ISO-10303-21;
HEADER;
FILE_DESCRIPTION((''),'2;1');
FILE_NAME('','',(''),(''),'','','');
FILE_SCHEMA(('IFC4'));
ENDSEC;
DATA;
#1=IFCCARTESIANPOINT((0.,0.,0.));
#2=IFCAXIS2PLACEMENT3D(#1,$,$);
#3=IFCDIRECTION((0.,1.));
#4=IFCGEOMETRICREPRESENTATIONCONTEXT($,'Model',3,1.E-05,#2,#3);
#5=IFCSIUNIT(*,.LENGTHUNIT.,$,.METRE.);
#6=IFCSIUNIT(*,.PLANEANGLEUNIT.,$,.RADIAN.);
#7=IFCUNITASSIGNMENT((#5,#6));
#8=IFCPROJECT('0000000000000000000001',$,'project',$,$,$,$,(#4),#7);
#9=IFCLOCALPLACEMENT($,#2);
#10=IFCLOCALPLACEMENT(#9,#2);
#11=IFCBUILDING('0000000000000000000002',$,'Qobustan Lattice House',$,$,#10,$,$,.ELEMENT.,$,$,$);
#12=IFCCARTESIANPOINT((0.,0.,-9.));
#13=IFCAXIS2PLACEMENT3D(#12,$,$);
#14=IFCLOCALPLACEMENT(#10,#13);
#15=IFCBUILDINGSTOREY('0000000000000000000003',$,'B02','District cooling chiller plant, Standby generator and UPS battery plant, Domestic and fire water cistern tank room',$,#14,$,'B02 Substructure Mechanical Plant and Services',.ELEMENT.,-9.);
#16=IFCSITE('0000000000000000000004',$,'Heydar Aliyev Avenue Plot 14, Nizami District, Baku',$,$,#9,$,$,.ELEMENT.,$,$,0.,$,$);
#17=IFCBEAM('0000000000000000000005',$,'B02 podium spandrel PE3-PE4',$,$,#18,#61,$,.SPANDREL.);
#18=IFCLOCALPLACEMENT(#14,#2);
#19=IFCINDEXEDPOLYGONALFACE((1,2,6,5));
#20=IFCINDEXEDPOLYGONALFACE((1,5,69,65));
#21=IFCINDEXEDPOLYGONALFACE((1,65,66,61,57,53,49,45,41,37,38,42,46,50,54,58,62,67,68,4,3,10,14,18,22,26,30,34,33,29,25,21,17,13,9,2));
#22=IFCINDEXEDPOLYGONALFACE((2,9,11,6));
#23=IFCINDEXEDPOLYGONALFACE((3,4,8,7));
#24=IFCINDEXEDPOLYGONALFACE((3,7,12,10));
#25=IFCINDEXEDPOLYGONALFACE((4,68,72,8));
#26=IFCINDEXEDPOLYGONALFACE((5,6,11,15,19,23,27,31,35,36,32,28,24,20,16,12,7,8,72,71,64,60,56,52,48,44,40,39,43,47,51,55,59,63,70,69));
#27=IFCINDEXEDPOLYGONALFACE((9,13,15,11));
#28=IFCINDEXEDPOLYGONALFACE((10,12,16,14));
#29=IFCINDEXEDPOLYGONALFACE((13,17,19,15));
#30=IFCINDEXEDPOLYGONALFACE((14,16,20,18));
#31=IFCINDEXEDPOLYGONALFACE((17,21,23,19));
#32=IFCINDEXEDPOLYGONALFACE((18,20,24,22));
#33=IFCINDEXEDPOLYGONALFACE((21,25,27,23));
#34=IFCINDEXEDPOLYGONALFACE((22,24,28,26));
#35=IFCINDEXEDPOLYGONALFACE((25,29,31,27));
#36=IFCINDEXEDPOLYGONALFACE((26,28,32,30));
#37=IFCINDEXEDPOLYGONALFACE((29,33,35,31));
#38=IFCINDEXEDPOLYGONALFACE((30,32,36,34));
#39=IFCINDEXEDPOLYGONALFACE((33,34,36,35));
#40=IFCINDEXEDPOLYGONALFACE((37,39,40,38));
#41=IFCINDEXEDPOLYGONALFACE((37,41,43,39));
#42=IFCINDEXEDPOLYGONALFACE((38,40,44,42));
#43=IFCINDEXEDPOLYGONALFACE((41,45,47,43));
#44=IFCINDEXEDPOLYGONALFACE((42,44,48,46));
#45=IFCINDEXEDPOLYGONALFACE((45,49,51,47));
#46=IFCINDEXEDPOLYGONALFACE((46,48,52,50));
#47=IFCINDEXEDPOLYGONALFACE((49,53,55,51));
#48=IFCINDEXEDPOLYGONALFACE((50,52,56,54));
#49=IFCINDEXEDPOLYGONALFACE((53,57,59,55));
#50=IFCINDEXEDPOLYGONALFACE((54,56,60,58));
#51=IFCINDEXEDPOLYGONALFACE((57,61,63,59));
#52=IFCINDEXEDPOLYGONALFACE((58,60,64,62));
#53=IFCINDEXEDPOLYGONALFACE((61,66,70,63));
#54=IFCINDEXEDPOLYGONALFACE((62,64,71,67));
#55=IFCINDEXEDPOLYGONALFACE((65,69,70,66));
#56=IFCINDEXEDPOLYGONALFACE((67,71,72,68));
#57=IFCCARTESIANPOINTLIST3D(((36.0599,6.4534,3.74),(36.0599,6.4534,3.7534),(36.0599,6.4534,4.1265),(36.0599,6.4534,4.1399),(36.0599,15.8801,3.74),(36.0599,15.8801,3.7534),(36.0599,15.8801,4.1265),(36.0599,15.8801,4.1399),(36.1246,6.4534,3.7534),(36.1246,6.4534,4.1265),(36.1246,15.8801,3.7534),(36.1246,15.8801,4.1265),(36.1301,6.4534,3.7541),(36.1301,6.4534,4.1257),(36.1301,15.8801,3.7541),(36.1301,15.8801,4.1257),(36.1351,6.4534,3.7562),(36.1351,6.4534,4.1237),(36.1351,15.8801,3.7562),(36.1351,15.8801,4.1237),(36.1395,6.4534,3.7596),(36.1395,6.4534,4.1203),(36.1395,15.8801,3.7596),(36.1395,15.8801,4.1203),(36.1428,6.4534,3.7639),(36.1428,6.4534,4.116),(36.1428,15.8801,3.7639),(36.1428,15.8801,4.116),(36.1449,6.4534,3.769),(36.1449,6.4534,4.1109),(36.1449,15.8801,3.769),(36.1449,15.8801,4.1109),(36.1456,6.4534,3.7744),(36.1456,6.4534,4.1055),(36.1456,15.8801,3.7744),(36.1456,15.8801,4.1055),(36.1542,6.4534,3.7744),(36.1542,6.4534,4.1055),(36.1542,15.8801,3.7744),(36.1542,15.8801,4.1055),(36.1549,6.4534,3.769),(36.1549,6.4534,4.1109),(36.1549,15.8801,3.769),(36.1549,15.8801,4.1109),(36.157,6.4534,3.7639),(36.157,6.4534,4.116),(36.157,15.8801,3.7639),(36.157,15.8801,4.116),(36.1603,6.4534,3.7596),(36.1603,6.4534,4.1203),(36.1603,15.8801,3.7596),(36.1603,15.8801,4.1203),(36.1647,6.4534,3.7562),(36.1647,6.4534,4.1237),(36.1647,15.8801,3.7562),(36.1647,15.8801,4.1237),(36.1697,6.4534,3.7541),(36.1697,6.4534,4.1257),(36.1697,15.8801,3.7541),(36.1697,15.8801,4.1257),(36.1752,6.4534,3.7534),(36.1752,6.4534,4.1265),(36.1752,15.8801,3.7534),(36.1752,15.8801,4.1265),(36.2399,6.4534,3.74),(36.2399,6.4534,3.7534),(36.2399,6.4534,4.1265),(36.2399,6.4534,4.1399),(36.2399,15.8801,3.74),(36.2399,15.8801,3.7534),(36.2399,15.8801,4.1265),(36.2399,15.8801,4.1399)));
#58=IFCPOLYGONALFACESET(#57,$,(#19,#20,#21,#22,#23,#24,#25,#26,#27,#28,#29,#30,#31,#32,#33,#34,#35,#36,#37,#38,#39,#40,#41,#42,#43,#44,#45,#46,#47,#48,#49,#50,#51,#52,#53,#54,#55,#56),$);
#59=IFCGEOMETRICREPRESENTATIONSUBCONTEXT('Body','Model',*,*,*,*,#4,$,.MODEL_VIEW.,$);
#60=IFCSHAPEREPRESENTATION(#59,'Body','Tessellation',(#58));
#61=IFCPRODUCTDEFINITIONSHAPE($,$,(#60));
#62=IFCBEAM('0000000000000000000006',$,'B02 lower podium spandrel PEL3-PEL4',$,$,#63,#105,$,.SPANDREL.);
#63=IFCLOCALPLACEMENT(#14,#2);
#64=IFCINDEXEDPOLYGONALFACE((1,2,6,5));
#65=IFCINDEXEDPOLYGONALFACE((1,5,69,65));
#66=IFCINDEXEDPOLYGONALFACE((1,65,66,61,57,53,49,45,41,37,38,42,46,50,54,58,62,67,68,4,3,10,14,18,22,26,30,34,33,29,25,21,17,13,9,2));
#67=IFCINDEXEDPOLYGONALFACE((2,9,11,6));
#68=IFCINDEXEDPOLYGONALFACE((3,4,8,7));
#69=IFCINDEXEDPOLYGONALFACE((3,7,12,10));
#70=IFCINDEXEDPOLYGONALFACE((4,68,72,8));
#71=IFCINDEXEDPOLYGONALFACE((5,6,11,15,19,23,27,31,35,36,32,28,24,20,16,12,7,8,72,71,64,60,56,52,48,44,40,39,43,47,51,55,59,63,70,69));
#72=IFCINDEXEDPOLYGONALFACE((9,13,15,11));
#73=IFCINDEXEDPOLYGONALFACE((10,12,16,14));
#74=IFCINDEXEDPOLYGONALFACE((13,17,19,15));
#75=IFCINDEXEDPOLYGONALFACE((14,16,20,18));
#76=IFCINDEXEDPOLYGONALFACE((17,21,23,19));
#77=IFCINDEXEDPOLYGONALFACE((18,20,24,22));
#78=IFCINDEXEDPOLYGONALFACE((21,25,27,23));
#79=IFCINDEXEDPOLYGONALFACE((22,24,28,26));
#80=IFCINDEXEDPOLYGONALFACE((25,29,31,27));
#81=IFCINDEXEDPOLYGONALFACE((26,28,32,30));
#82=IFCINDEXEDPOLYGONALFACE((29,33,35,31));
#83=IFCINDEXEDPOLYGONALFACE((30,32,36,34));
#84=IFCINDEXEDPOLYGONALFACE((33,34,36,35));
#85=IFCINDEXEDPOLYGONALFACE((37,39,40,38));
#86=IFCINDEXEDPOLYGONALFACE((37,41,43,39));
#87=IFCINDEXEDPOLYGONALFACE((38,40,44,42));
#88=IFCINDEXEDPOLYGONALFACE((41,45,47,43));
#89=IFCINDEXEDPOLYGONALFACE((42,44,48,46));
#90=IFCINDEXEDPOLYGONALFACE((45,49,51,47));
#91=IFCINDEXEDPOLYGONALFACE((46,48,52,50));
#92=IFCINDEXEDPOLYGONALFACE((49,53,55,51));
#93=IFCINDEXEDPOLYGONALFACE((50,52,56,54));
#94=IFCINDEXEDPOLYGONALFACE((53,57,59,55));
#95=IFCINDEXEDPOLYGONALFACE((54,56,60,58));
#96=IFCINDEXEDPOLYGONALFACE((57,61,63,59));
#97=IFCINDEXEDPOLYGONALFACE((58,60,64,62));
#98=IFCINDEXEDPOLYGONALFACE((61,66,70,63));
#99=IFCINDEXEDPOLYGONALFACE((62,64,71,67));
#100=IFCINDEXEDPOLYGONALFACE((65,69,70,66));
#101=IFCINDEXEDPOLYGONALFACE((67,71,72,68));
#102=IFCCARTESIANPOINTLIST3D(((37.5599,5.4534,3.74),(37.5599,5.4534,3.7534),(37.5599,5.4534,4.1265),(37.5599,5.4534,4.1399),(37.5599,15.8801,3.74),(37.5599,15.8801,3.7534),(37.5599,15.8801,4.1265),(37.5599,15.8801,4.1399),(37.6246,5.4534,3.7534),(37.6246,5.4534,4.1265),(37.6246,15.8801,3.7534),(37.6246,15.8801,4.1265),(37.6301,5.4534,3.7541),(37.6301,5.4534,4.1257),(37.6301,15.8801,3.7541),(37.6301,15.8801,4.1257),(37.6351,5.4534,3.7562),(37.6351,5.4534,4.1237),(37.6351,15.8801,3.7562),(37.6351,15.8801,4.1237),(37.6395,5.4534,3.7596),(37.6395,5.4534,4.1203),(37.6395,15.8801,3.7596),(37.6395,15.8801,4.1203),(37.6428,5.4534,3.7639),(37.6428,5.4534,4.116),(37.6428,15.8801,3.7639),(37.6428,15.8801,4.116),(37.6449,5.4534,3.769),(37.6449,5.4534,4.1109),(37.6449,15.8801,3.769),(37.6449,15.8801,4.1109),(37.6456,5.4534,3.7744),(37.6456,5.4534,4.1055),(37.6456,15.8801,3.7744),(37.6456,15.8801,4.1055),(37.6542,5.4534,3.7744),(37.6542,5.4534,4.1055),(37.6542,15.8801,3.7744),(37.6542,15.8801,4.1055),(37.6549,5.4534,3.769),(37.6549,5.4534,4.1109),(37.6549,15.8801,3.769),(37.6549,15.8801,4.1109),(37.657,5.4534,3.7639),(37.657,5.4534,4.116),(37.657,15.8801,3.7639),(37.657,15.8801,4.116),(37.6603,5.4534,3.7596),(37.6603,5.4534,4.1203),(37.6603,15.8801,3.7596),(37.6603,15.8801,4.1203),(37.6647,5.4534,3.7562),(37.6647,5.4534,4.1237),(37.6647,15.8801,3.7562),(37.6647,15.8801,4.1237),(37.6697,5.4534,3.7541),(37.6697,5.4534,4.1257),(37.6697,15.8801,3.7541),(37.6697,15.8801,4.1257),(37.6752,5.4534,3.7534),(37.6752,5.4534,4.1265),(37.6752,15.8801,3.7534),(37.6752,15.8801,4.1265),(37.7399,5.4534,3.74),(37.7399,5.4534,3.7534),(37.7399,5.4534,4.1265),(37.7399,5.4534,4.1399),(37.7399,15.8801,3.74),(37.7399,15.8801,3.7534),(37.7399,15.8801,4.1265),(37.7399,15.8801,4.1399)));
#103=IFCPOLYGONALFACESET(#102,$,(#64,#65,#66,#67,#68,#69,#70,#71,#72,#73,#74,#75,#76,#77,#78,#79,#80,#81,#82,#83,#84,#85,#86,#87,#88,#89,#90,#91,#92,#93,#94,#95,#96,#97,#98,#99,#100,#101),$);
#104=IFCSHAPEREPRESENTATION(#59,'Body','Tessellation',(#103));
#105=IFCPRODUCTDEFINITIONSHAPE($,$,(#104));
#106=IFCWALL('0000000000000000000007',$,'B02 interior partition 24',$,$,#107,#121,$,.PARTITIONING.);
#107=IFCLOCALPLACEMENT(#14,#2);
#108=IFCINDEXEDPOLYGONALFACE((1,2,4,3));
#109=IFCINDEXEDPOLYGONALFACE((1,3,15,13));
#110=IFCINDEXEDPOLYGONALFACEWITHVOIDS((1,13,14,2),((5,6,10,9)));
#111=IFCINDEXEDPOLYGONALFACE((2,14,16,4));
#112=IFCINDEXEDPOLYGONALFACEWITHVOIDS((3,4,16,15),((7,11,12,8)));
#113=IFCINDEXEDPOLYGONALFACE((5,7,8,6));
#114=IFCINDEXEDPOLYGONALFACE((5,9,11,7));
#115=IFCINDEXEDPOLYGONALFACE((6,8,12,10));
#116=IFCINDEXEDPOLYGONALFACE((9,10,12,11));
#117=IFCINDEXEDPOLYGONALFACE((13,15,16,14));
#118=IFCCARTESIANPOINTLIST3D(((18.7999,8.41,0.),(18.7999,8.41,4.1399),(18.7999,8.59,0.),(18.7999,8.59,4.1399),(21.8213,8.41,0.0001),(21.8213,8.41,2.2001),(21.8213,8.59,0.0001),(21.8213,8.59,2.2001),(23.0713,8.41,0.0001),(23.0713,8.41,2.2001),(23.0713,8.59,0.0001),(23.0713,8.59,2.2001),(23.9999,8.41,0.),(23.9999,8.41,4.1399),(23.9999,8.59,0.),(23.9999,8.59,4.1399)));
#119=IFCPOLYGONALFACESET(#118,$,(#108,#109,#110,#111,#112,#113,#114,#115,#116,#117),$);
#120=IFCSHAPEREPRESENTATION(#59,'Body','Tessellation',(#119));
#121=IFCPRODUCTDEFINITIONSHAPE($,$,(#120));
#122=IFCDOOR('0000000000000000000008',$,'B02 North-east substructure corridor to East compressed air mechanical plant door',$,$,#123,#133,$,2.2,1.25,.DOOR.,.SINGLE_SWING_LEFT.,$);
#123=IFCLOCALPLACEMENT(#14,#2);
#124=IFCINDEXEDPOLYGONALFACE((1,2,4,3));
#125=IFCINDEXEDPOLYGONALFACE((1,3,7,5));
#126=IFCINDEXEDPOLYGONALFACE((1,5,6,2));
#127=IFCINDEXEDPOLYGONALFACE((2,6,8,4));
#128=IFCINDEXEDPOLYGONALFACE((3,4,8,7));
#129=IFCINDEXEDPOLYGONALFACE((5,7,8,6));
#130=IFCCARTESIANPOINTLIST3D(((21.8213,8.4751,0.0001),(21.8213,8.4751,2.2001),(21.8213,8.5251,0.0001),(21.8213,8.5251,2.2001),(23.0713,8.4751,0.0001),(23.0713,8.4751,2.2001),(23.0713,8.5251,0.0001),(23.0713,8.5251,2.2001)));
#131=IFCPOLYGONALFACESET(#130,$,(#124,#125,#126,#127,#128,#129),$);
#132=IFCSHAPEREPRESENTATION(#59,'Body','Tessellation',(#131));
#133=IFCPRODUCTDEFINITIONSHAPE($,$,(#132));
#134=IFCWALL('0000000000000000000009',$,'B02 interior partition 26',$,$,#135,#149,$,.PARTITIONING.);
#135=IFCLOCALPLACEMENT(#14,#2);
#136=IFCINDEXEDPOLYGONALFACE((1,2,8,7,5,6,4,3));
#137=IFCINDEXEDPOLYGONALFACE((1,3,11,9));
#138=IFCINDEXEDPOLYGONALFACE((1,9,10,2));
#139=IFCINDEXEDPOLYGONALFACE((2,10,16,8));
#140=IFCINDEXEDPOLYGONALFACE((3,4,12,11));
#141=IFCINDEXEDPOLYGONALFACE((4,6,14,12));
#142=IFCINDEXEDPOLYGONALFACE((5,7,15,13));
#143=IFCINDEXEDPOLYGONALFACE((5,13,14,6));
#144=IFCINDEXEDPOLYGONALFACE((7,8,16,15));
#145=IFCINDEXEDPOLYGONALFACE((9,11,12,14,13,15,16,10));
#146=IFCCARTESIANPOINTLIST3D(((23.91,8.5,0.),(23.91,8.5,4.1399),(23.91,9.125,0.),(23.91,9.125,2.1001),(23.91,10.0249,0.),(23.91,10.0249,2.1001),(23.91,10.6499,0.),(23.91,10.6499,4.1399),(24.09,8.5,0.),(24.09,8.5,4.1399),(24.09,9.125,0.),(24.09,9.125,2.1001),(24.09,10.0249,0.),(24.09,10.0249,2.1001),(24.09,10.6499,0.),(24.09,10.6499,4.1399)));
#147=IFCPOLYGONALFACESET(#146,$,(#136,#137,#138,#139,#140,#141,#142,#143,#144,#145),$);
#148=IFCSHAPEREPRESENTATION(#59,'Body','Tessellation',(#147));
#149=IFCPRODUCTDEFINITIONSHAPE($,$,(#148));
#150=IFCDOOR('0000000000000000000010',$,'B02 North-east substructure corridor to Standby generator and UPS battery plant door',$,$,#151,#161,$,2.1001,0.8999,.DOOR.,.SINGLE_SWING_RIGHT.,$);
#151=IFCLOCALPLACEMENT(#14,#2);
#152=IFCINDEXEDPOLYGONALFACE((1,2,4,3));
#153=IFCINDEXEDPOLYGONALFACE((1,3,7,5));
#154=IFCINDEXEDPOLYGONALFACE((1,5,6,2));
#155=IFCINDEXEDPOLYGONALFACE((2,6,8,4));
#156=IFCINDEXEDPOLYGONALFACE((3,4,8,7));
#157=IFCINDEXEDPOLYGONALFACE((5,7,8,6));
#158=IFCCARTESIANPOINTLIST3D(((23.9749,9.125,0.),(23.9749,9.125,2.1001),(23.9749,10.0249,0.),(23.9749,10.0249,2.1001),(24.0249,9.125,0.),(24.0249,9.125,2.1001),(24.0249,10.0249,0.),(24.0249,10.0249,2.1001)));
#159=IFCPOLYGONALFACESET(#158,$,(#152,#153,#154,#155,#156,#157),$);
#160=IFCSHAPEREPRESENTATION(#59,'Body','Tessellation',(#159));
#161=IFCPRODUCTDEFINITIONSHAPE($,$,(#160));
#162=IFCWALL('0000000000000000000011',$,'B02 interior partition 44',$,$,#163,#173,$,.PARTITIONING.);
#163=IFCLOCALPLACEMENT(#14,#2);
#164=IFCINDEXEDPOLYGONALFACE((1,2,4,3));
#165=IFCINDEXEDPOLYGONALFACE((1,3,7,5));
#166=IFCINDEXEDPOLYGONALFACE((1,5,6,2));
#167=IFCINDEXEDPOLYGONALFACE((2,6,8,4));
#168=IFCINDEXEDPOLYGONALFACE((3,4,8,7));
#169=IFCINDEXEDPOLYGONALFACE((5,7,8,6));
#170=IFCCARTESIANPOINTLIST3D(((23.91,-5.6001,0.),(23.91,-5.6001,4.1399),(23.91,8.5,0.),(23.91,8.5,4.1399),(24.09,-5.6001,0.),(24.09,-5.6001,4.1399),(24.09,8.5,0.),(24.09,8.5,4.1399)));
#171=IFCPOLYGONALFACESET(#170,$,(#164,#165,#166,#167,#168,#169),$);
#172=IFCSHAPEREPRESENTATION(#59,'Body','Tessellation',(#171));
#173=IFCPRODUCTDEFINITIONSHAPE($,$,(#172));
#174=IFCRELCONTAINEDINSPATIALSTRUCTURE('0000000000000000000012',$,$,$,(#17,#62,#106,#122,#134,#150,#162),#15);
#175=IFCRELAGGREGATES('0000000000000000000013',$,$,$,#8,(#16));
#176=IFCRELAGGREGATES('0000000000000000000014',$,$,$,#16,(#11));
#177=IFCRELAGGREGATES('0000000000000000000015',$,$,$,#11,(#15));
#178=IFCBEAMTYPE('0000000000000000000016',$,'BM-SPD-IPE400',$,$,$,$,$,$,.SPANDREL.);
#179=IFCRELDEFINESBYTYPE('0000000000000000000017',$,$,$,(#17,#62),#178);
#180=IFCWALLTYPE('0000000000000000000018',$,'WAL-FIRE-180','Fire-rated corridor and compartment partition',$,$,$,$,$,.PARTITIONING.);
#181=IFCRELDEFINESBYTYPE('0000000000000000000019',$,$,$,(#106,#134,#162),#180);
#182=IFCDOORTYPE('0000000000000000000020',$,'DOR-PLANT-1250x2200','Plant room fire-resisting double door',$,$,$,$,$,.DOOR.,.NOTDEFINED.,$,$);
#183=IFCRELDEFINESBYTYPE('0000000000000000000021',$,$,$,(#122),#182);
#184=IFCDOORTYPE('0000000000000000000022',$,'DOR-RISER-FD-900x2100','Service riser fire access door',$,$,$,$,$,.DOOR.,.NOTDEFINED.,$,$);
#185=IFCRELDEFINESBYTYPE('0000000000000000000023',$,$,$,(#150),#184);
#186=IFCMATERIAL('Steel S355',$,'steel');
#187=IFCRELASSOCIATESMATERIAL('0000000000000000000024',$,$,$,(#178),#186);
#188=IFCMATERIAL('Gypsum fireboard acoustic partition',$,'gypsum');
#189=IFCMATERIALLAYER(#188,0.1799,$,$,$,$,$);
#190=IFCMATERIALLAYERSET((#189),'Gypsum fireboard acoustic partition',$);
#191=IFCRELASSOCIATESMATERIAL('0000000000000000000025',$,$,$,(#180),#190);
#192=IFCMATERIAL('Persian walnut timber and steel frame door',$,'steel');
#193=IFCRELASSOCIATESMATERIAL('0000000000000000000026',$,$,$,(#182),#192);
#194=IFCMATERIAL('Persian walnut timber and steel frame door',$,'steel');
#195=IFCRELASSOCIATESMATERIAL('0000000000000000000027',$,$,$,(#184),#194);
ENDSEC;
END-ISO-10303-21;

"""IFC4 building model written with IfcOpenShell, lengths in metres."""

from ifc_helpers import new_model, si_unit, direction, frame, frame_2d, origin, origin_2d, place, context, subcontext, project, spatial, rectangle, i_section, extrude, material, layer, layer_set, material_profile, profile_set, type_object, element, fill, save


model = new_model("IFC4")

# Units and contexts
model_context = context("Model", 3, precision=1e-05, world=origin(), true_north=direction((0.0, 1.0)))
body_context = subcontext(model_context, "Body", "Model", "MODEL_VIEW")
ifc_project = project(units=[si_unit("LENGTHUNIT", "METRE"), si_unit("PLANEANGLEUNIT", "RADIAN")], contexts=[model_context])

# Site, building, storey
site_placement = place(None, origin())
site = spatial("IfcSite", under=ifc_project, at=site_placement, Name="Heydar Aliyev Avenue Plot 14, Nizami District, Baku", CompositionType="ELEMENT", RefElevation=0.0)
building_placement = place(site_placement, origin())
building = spatial("IfcBuilding", under=site, at=building_placement, Name="Qobustan Lattice House", CompositionType="ELEMENT")
storey_placement = place(building_placement, frame((0.0, 0.0, -9.0)))
storey = spatial("IfcBuildingStorey", under=building, at=storey_placement, Name="B02", Description="District cooling chiller plant, Standby generator and UPS battery plant, Domestic and fire water cistern tank room", LongName="B02 Substructure Mechanical Plant and Services", CompositionType="ELEMENT", Elevation=-9.0)

# Beams
ifc_material_1 = material(Name="Steel S355", Category="steel")
ifc_material_profile_1 = material_profile(ifc_material_1, i_section(OverallWidth=0.1799, OverallDepth=0.3999, WebThickness=0.0085, FlangeThickness=0.0134, FilletRadius=0.021, at=origin_2d()), Name="IPE400")
ifc_profile_set_1 = profile_set([ifc_material_profile_1], Name="Steel S355")
beam_type_1 = type_object("IfcBeamType", Name="BM-SPD-IPE400", PredefinedType="SPANDREL", material=ifc_profile_set_1)
for number, where, z_axis, x_axis, name in (
    (1, (36.1499, 6.4534, 3.9399), (0.0, 1.0, 0.0), (-1.0, 0.0, 0.0), "B02 podium spandrel PE3-PE4"),
):
    element("IfcBeam", number, at=place(storey_placement, frame(where, z_axis=z_axis, x_axis=x_axis)), inside=storey, type_object=beam_type_1, Name=name, PredefinedType="SPANDREL", context=body_context, shape_type="SweptSolid", body=[
        extrude(i_section(OverallWidth=0.1799, OverallDepth=0.3999, WebThickness=0.0085, FlangeThickness=0.0134, FilletRadius=0.021, at=origin_2d()), origin(), (0.0, 0.0, 1.0), 9.4268),
    ])
beam_1_placement = place(storey_placement, frame((37.6499, 5.4534, 3.9399), z_axis=(0.0, 1.0, 0.0), x_axis=(-1.0, 0.0, 0.0)))
element("IfcBeam", 2, at=beam_1_placement, inside=storey, type_object=beam_type_1, Name="B02 lower podium spandrel PEL3-PEL4", PredefinedType="SPANDREL", context=body_context, shape_type="SweptSolid", body=[
    extrude(i_section(OverallWidth=0.1799, OverallDepth=0.3999, WebThickness=0.0085, FlangeThickness=0.0134, FilletRadius=0.021, at=origin_2d()), origin(), (0.0, 0.0, 1.0), 10.4268),
])

# Walls, openings, doors
ifc_material_2 = material(Name="Gypsum fireboard acoustic partition", Category="gypsum")
ifc_layer_1 = layer(ifc_material_2, 0.1799)
ifc_layer_set_1 = layer_set([ifc_layer_1], Name="Gypsum fireboard acoustic partition")
wall_type_1 = type_object("IfcWallType", Name="WAL-FIRE-180", Description="Fire-rated corridor and compartment partition", PredefinedType="PARTITIONING", material=ifc_layer_set_1)
wall_1_placement = place(storey_placement, frame((24.0, 8.5, 0.0), z_axis=(0.0, 0.0, 1.0), x_axis=(-1.0, 0.0, 0.0)))
wall_1 = element("IfcWall", 3, at=wall_1_placement, inside=storey, type_object=wall_type_1, Name="B02 interior partition 24", PredefinedType="PARTITIONING", context=body_context, shape_type="SweptSolid", body=[
    extrude(rectangle(XDim=5.2, YDim=0.1799, at=frame_2d((2.6001, 0.0))), origin(), (0.0, 0.0, 1.0), 4.1399),
])
opening_1_placement = place(wall_1_placement, frame((0.9287, 0.0, 0.0)))
opening_1 = element("IfcOpeningElement", 4, at=opening_1_placement, cuts=wall_1, PredefinedType="OPENING", context=body_context, shape_type="SweptSolid", body=[
    extrude(rectangle(XDim=1.25, YDim=2.2, at=frame_2d((0.625, 1.1001))), frame((0.0, 0.0999, 0.0), z_axis=(0.0, -1.0, 0.0), x_axis=(1.0, 0.0, 0.0)), (0.0, 0.0, 1.0), 0.2),
])
ifc_material_3 = material(Name="Persian walnut timber and steel frame door", Category="steel")
door_type_1 = type_object("IfcDoorType", Name="DOR-PLANT-1250x2200", Description="Plant room fire-resisting double door", OperationType="NOTDEFINED", PredefinedType="DOOR", material=ifc_material_3)
door_1_placement = place(opening_1_placement, origin())
door_1 = element("IfcDoor", 5, at=door_1_placement, inside=storey, type_object=door_type_1, Name="B02 North-east substructure corridor to East compressed air mechanical plant door", OperationType="SINGLE_SWING_LEFT", OverallHeight=2.2, OverallWidth=1.25, PredefinedType="DOOR", context=body_context, shape_type="SweptSolid", body=[
    extrude(rectangle(XDim=1.25, YDim=2.2, at=frame_2d((0.625, 1.1001))), frame((0.0, 0.0249, 0.0), z_axis=(0.0, -1.0, 0.0), x_axis=(1.0, 0.0, 0.0)), (0.0, 0.0, 1.0), 0.05),
])
fill(opening_1, door_1)
wall_2_placement = place(storey_placement, frame((24.0, 10.6499, 0.0), z_axis=(0.0, 0.0, 1.0), x_axis=(0.0, -1.0, 0.0)))
wall_2 = element("IfcWall", 6, at=wall_2_placement, inside=storey, type_object=wall_type_1, Name="B02 interior partition 26", PredefinedType="PARTITIONING", context=body_context, shape_type="SweptSolid", body=[
    extrude(rectangle(XDim=2.1499, YDim=0.1799, at=frame_2d((1.075, 0.0))), origin(), (0.0, 0.0, 1.0), 4.1399),
])
opening_2_placement = place(wall_2_placement, frame((0.625, 0.0, 0.0)))
opening_2 = element("IfcOpeningElement", 7, at=opening_2_placement, cuts=wall_2, PredefinedType="OPENING", context=body_context, shape_type="SweptSolid", body=[
    extrude(rectangle(XDim=0.8999, YDim=2.1001, at=frame_2d((0.45, 1.05))), frame((0.0, 0.0999, 0.0), z_axis=(0.0, -1.0, 0.0), x_axis=(1.0, 0.0, 0.0)), (0.0, 0.0, 1.0), 0.2),
])
ifc_material_4 = material(Name="Persian walnut timber and steel frame door", Category="steel")
door_type_2 = type_object("IfcDoorType", Name="DOR-RISER-FD-900x2100", Description="Service riser fire access door", OperationType="NOTDEFINED", PredefinedType="DOOR", material=ifc_material_4)
door_2_placement = place(opening_2_placement, origin())
door_2 = element("IfcDoor", 8, at=door_2_placement, inside=storey, type_object=door_type_2, Name="B02 North-east substructure corridor to Standby generator and UPS battery plant door", OperationType="SINGLE_SWING_RIGHT", OverallHeight=2.1001, OverallWidth=0.8999, PredefinedType="DOOR", context=body_context, shape_type="SweptSolid", body=[
    extrude(rectangle(XDim=0.8999, YDim=2.1001, at=frame_2d((0.45, 1.05))), frame((0.0, 0.0249, 0.0), z_axis=(0.0, -1.0, 0.0), x_axis=(1.0, 0.0, 0.0)), (0.0, 0.0, 1.0), 0.05),
])
fill(opening_2, door_2)

# Wall
wall_3_placement = place(storey_placement, frame((24.0, 8.5, 0.0), z_axis=(0.0, 0.0, 1.0), x_axis=(0.0, -1.0, 0.0)))
element("IfcWall", 9, at=wall_3_placement, inside=storey, type_object=wall_type_1, Name="B02 interior partition 44", PredefinedType="PARTITIONING", context=body_context, shape_type="SweptSolid", body=[
    extrude(rectangle(XDim=14.1001, YDim=0.1799, at=frame_2d((7.05, 0.0))), origin(), (0.0, 0.0, 1.0), 4.1399),
])

save(model, "model.ifc")
